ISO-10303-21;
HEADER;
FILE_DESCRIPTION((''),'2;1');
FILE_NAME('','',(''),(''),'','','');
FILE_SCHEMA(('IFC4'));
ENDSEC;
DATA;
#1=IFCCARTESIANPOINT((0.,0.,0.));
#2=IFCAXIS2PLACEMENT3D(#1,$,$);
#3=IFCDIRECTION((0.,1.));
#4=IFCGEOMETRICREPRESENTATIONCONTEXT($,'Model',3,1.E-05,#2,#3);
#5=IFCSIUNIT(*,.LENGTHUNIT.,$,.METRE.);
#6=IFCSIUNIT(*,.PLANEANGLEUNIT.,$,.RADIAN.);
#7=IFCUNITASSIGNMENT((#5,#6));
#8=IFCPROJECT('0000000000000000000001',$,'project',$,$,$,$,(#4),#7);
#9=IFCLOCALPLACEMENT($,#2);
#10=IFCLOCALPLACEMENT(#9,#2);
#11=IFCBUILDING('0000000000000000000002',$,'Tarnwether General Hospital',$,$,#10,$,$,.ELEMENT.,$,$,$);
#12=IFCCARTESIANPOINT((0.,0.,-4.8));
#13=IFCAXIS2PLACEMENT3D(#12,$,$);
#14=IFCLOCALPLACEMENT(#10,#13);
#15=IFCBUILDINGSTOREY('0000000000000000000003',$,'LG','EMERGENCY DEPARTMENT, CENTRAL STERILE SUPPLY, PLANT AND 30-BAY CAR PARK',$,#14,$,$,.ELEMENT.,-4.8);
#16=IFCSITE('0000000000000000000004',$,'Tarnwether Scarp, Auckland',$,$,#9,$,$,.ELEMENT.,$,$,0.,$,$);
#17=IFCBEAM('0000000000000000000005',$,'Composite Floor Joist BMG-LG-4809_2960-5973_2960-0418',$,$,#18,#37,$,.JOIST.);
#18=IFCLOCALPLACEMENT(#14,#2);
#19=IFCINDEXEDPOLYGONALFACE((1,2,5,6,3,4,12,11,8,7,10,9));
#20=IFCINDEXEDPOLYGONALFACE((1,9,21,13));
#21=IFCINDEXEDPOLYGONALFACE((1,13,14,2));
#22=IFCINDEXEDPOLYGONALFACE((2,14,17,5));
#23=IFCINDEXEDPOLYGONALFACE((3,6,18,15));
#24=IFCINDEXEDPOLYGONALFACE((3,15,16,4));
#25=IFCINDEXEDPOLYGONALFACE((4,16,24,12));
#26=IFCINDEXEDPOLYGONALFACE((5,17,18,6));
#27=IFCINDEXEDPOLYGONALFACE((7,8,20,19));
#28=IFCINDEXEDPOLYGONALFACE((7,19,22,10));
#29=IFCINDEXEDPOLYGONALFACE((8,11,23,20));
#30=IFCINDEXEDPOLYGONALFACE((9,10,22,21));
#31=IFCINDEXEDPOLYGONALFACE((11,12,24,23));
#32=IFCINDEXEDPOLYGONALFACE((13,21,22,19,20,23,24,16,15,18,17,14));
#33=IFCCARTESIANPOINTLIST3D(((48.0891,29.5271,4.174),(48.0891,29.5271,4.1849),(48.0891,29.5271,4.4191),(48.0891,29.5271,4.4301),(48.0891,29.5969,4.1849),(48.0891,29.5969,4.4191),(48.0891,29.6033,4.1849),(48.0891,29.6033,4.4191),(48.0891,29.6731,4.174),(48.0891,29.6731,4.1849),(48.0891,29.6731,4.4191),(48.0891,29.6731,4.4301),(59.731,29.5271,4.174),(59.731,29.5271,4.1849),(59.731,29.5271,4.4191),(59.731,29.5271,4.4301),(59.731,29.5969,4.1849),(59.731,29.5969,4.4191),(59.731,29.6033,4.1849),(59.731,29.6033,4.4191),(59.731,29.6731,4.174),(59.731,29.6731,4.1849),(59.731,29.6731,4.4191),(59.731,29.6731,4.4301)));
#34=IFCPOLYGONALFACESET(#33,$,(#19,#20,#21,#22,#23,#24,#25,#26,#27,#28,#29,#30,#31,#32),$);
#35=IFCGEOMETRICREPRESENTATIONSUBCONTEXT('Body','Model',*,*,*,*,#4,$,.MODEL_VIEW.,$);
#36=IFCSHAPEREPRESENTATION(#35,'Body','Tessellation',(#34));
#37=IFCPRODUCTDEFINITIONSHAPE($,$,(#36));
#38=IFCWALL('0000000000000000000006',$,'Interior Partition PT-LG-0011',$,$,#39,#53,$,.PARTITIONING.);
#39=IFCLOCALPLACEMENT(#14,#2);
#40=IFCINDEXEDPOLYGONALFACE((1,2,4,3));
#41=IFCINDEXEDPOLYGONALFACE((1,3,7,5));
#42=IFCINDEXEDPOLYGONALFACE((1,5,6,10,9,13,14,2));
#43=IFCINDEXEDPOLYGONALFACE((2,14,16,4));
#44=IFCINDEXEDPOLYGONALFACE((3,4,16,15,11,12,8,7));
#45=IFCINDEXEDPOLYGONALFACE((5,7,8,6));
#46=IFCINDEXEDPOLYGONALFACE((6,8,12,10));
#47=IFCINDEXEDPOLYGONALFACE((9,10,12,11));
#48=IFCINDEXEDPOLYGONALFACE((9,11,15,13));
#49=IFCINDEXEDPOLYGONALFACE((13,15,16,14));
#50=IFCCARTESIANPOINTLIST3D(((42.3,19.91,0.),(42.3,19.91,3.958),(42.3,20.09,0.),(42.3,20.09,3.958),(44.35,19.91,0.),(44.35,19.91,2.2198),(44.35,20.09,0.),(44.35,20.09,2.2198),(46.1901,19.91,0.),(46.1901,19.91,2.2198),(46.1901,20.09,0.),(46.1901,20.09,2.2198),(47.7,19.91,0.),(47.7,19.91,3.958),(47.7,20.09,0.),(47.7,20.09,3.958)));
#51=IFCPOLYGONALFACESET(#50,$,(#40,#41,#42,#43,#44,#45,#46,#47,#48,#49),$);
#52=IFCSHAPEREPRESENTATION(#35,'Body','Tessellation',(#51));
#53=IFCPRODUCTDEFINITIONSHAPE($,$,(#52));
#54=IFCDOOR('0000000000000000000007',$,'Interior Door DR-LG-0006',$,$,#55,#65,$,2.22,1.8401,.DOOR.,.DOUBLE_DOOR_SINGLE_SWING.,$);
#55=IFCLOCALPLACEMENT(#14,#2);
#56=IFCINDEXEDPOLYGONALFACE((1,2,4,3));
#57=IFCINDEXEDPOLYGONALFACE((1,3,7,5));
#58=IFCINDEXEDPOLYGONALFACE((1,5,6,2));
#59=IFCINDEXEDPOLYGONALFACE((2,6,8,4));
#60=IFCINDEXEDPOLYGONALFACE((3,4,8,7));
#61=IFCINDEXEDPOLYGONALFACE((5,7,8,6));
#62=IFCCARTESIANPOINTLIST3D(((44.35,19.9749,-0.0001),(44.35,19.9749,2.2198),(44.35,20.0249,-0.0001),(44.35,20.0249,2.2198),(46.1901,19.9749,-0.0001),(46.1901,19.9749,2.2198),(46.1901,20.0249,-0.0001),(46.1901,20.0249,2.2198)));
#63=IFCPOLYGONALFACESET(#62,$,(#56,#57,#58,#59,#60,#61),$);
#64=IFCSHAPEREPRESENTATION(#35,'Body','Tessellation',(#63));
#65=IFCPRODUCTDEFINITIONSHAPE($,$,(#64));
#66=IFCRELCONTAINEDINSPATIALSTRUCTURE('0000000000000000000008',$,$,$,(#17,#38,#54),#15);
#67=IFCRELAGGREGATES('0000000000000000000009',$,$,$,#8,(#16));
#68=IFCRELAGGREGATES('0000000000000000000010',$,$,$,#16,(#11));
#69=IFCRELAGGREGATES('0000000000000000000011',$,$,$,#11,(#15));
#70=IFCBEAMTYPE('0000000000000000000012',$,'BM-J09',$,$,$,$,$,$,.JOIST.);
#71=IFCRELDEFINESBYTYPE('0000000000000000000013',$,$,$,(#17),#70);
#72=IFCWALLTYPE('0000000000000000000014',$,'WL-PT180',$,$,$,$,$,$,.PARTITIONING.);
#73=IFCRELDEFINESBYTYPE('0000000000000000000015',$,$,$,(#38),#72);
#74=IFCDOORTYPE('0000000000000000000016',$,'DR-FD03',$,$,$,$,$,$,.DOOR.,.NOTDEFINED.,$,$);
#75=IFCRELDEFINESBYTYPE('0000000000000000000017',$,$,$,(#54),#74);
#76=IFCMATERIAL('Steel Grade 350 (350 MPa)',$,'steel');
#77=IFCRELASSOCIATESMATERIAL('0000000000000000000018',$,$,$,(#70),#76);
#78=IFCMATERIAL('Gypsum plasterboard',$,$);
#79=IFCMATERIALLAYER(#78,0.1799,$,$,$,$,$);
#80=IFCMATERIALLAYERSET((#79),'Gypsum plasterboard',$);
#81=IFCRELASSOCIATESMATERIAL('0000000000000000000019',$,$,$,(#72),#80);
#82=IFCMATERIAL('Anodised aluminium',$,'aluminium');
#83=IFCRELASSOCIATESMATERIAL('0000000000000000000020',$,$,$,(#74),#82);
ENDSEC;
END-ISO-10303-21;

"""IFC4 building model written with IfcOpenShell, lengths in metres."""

from ifc_helpers import new_model, si_unit, direction, frame, frame_2d, origin, origin_2d, place, context, subcontext, project, spatial, rectangle, i_section, extrude, material, layer, layer_set, material_profile, profile_set, type_object, element, fill, save


model = new_model("IFC4")

# Units and contexts
model_context = context("Model", 3, precision=1e-05, world=origin(), true_north=direction((0.0, 1.0)))
body_context = subcontext(model_context, "Body", "Model", "MODEL_VIEW")
ifc_project = project(units=[si_unit("LENGTHUNIT", "METRE"), si_unit("PLANEANGLEUNIT", "RADIAN")], contexts=[model_context])

# Site, building, storey
site_placement = place(None, origin())
site = spatial("IfcSite", under=ifc_project, at=site_placement, Name="Tarnwether Scarp, Auckland", CompositionType="ELEMENT", RefElevation=0.0)
building_placement = place(site_placement, origin())
building = spatial("IfcBuilding", under=site, at=building_placement, Name="Tarnwether General Hospital", CompositionType="ELEMENT")
storey_placement = place(building_placement, frame((0.0, 0.0, -4.8)))
storey = spatial("IfcBuildingStorey", under=building, at=storey_placement, Name="LG", Description="EMERGENCY DEPARTMENT, CENTRAL STERILE SUPPLY, PLANT AND 30-BAY CAR PARK", CompositionType="ELEMENT", Elevation=-4.8)

# Beam
ifc_material_1 = material(Name="Steel Grade 350 (350 MPa)", Category="steel")
ifc_material_profile_1 = material_profile(ifc_material_1, i_section(OverallWidth=0.146, OverallDepth=0.2561, WebThickness=0.0063, FlangeThickness=0.011, at=origin_2d()), Name="250UB37.3")
ifc_profile_set_1 = profile_set([ifc_material_profile_1], Name="Steel Grade 350 (350 MPa)")
beam_type_1 = type_object("IfcBeamType", Name="BM-J09", PredefinedType="JOIST", material=ifc_profile_set_1)
beam_1_placement = place(storey_placement, frame((48.0891, 29.6001, 4.302), z_axis=(1.0, 0.0, 0.0), x_axis=(0.0, 1.0, 0.0)))
element("IfcBeam", 1, at=beam_1_placement, inside=storey, type_object=beam_type_1, Name="Composite Floor Joist BMG-LG-4809_2960-5973_2960-0418", PredefinedType="JOIST", context=body_context, shape_type="SweptSolid", body=[
    extrude(i_section(OverallWidth=0.146, OverallDepth=0.2561, WebThickness=0.0063, FlangeThickness=0.011, at=origin_2d()), origin(), (0.0, 0.0, 1.0), 11.6418),
])

# Wall, opening, door
ifc_material_2 = material(Name="Gypsum plasterboard")
ifc_layer = layer(ifc_material_2, 0.1799)
ifc_layer_set = layer_set([ifc_layer], Name="Gypsum plasterboard")
wall_type = type_object("IfcWallType", Name="WL-PT180", PredefinedType="PARTITIONING", material=ifc_layer_set)
wall_placement = place(storey_placement, frame((42.3, 20.0, 0.0), z_axis=(0.0, 0.0, 1.0), x_axis=(1.0, 0.0, 0.0)))
wall = element("IfcWall", 2, at=wall_placement, inside=storey, type_object=wall_type, Name="Interior Partition PT-LG-0011", PredefinedType="PARTITIONING", context=body_context, shape_type="SweptSolid", body=[
    extrude(rectangle(XDim=5.3999, YDim=0.1799, at=frame_2d((2.7, 0.0))), origin(), (0.0, 0.0, 1.0), 3.958),
])
opening_placement = place(wall_placement, frame((2.05, 0.0, 0.0)))
opening = element("IfcOpeningElement", 3, at=opening_placement, cuts=wall, PredefinedType="OPENING", context=body_context, shape_type="SweptSolid", body=[
    extrude(rectangle(XDim=1.8401, YDim=2.22, at=frame_2d((0.9199, 1.1099))), frame((0.0, 0.1001, 0.0), z_axis=(0.0, -1.0, 0.0), x_axis=(1.0, 0.0, 0.0)), (0.0, 0.0, 1.0), 0.2),
])
ifc_material_3 = material(Name="Anodised aluminium", Category="aluminium")
door_type = type_object("IfcDoorType", Name="DR-FD03", OperationType="NOTDEFINED", PredefinedType="DOOR", material=ifc_material_3)
door_placement = place(opening_placement, origin())
door = element("IfcDoor", 4, at=door_placement, inside=storey, type_object=door_type, Name="Interior Door DR-LG-0006", OperationType="DOUBLE_DOOR_SINGLE_SWING", OverallHeight=2.22, OverallWidth=1.8401, PredefinedType="DOOR", context=body_context, shape_type="SweptSolid", body=[
    extrude(rectangle(XDim=1.8401, YDim=2.22, at=frame_2d((0.9199, 1.1099))), frame((0.0, 0.0249, 0.0), z_axis=(0.0, -1.0, 0.0), x_axis=(1.0, 0.0, 0.0)), (0.0, 0.0, 1.0), 0.05),
])
fill(opening, door)

save(model, "model.ifc")
